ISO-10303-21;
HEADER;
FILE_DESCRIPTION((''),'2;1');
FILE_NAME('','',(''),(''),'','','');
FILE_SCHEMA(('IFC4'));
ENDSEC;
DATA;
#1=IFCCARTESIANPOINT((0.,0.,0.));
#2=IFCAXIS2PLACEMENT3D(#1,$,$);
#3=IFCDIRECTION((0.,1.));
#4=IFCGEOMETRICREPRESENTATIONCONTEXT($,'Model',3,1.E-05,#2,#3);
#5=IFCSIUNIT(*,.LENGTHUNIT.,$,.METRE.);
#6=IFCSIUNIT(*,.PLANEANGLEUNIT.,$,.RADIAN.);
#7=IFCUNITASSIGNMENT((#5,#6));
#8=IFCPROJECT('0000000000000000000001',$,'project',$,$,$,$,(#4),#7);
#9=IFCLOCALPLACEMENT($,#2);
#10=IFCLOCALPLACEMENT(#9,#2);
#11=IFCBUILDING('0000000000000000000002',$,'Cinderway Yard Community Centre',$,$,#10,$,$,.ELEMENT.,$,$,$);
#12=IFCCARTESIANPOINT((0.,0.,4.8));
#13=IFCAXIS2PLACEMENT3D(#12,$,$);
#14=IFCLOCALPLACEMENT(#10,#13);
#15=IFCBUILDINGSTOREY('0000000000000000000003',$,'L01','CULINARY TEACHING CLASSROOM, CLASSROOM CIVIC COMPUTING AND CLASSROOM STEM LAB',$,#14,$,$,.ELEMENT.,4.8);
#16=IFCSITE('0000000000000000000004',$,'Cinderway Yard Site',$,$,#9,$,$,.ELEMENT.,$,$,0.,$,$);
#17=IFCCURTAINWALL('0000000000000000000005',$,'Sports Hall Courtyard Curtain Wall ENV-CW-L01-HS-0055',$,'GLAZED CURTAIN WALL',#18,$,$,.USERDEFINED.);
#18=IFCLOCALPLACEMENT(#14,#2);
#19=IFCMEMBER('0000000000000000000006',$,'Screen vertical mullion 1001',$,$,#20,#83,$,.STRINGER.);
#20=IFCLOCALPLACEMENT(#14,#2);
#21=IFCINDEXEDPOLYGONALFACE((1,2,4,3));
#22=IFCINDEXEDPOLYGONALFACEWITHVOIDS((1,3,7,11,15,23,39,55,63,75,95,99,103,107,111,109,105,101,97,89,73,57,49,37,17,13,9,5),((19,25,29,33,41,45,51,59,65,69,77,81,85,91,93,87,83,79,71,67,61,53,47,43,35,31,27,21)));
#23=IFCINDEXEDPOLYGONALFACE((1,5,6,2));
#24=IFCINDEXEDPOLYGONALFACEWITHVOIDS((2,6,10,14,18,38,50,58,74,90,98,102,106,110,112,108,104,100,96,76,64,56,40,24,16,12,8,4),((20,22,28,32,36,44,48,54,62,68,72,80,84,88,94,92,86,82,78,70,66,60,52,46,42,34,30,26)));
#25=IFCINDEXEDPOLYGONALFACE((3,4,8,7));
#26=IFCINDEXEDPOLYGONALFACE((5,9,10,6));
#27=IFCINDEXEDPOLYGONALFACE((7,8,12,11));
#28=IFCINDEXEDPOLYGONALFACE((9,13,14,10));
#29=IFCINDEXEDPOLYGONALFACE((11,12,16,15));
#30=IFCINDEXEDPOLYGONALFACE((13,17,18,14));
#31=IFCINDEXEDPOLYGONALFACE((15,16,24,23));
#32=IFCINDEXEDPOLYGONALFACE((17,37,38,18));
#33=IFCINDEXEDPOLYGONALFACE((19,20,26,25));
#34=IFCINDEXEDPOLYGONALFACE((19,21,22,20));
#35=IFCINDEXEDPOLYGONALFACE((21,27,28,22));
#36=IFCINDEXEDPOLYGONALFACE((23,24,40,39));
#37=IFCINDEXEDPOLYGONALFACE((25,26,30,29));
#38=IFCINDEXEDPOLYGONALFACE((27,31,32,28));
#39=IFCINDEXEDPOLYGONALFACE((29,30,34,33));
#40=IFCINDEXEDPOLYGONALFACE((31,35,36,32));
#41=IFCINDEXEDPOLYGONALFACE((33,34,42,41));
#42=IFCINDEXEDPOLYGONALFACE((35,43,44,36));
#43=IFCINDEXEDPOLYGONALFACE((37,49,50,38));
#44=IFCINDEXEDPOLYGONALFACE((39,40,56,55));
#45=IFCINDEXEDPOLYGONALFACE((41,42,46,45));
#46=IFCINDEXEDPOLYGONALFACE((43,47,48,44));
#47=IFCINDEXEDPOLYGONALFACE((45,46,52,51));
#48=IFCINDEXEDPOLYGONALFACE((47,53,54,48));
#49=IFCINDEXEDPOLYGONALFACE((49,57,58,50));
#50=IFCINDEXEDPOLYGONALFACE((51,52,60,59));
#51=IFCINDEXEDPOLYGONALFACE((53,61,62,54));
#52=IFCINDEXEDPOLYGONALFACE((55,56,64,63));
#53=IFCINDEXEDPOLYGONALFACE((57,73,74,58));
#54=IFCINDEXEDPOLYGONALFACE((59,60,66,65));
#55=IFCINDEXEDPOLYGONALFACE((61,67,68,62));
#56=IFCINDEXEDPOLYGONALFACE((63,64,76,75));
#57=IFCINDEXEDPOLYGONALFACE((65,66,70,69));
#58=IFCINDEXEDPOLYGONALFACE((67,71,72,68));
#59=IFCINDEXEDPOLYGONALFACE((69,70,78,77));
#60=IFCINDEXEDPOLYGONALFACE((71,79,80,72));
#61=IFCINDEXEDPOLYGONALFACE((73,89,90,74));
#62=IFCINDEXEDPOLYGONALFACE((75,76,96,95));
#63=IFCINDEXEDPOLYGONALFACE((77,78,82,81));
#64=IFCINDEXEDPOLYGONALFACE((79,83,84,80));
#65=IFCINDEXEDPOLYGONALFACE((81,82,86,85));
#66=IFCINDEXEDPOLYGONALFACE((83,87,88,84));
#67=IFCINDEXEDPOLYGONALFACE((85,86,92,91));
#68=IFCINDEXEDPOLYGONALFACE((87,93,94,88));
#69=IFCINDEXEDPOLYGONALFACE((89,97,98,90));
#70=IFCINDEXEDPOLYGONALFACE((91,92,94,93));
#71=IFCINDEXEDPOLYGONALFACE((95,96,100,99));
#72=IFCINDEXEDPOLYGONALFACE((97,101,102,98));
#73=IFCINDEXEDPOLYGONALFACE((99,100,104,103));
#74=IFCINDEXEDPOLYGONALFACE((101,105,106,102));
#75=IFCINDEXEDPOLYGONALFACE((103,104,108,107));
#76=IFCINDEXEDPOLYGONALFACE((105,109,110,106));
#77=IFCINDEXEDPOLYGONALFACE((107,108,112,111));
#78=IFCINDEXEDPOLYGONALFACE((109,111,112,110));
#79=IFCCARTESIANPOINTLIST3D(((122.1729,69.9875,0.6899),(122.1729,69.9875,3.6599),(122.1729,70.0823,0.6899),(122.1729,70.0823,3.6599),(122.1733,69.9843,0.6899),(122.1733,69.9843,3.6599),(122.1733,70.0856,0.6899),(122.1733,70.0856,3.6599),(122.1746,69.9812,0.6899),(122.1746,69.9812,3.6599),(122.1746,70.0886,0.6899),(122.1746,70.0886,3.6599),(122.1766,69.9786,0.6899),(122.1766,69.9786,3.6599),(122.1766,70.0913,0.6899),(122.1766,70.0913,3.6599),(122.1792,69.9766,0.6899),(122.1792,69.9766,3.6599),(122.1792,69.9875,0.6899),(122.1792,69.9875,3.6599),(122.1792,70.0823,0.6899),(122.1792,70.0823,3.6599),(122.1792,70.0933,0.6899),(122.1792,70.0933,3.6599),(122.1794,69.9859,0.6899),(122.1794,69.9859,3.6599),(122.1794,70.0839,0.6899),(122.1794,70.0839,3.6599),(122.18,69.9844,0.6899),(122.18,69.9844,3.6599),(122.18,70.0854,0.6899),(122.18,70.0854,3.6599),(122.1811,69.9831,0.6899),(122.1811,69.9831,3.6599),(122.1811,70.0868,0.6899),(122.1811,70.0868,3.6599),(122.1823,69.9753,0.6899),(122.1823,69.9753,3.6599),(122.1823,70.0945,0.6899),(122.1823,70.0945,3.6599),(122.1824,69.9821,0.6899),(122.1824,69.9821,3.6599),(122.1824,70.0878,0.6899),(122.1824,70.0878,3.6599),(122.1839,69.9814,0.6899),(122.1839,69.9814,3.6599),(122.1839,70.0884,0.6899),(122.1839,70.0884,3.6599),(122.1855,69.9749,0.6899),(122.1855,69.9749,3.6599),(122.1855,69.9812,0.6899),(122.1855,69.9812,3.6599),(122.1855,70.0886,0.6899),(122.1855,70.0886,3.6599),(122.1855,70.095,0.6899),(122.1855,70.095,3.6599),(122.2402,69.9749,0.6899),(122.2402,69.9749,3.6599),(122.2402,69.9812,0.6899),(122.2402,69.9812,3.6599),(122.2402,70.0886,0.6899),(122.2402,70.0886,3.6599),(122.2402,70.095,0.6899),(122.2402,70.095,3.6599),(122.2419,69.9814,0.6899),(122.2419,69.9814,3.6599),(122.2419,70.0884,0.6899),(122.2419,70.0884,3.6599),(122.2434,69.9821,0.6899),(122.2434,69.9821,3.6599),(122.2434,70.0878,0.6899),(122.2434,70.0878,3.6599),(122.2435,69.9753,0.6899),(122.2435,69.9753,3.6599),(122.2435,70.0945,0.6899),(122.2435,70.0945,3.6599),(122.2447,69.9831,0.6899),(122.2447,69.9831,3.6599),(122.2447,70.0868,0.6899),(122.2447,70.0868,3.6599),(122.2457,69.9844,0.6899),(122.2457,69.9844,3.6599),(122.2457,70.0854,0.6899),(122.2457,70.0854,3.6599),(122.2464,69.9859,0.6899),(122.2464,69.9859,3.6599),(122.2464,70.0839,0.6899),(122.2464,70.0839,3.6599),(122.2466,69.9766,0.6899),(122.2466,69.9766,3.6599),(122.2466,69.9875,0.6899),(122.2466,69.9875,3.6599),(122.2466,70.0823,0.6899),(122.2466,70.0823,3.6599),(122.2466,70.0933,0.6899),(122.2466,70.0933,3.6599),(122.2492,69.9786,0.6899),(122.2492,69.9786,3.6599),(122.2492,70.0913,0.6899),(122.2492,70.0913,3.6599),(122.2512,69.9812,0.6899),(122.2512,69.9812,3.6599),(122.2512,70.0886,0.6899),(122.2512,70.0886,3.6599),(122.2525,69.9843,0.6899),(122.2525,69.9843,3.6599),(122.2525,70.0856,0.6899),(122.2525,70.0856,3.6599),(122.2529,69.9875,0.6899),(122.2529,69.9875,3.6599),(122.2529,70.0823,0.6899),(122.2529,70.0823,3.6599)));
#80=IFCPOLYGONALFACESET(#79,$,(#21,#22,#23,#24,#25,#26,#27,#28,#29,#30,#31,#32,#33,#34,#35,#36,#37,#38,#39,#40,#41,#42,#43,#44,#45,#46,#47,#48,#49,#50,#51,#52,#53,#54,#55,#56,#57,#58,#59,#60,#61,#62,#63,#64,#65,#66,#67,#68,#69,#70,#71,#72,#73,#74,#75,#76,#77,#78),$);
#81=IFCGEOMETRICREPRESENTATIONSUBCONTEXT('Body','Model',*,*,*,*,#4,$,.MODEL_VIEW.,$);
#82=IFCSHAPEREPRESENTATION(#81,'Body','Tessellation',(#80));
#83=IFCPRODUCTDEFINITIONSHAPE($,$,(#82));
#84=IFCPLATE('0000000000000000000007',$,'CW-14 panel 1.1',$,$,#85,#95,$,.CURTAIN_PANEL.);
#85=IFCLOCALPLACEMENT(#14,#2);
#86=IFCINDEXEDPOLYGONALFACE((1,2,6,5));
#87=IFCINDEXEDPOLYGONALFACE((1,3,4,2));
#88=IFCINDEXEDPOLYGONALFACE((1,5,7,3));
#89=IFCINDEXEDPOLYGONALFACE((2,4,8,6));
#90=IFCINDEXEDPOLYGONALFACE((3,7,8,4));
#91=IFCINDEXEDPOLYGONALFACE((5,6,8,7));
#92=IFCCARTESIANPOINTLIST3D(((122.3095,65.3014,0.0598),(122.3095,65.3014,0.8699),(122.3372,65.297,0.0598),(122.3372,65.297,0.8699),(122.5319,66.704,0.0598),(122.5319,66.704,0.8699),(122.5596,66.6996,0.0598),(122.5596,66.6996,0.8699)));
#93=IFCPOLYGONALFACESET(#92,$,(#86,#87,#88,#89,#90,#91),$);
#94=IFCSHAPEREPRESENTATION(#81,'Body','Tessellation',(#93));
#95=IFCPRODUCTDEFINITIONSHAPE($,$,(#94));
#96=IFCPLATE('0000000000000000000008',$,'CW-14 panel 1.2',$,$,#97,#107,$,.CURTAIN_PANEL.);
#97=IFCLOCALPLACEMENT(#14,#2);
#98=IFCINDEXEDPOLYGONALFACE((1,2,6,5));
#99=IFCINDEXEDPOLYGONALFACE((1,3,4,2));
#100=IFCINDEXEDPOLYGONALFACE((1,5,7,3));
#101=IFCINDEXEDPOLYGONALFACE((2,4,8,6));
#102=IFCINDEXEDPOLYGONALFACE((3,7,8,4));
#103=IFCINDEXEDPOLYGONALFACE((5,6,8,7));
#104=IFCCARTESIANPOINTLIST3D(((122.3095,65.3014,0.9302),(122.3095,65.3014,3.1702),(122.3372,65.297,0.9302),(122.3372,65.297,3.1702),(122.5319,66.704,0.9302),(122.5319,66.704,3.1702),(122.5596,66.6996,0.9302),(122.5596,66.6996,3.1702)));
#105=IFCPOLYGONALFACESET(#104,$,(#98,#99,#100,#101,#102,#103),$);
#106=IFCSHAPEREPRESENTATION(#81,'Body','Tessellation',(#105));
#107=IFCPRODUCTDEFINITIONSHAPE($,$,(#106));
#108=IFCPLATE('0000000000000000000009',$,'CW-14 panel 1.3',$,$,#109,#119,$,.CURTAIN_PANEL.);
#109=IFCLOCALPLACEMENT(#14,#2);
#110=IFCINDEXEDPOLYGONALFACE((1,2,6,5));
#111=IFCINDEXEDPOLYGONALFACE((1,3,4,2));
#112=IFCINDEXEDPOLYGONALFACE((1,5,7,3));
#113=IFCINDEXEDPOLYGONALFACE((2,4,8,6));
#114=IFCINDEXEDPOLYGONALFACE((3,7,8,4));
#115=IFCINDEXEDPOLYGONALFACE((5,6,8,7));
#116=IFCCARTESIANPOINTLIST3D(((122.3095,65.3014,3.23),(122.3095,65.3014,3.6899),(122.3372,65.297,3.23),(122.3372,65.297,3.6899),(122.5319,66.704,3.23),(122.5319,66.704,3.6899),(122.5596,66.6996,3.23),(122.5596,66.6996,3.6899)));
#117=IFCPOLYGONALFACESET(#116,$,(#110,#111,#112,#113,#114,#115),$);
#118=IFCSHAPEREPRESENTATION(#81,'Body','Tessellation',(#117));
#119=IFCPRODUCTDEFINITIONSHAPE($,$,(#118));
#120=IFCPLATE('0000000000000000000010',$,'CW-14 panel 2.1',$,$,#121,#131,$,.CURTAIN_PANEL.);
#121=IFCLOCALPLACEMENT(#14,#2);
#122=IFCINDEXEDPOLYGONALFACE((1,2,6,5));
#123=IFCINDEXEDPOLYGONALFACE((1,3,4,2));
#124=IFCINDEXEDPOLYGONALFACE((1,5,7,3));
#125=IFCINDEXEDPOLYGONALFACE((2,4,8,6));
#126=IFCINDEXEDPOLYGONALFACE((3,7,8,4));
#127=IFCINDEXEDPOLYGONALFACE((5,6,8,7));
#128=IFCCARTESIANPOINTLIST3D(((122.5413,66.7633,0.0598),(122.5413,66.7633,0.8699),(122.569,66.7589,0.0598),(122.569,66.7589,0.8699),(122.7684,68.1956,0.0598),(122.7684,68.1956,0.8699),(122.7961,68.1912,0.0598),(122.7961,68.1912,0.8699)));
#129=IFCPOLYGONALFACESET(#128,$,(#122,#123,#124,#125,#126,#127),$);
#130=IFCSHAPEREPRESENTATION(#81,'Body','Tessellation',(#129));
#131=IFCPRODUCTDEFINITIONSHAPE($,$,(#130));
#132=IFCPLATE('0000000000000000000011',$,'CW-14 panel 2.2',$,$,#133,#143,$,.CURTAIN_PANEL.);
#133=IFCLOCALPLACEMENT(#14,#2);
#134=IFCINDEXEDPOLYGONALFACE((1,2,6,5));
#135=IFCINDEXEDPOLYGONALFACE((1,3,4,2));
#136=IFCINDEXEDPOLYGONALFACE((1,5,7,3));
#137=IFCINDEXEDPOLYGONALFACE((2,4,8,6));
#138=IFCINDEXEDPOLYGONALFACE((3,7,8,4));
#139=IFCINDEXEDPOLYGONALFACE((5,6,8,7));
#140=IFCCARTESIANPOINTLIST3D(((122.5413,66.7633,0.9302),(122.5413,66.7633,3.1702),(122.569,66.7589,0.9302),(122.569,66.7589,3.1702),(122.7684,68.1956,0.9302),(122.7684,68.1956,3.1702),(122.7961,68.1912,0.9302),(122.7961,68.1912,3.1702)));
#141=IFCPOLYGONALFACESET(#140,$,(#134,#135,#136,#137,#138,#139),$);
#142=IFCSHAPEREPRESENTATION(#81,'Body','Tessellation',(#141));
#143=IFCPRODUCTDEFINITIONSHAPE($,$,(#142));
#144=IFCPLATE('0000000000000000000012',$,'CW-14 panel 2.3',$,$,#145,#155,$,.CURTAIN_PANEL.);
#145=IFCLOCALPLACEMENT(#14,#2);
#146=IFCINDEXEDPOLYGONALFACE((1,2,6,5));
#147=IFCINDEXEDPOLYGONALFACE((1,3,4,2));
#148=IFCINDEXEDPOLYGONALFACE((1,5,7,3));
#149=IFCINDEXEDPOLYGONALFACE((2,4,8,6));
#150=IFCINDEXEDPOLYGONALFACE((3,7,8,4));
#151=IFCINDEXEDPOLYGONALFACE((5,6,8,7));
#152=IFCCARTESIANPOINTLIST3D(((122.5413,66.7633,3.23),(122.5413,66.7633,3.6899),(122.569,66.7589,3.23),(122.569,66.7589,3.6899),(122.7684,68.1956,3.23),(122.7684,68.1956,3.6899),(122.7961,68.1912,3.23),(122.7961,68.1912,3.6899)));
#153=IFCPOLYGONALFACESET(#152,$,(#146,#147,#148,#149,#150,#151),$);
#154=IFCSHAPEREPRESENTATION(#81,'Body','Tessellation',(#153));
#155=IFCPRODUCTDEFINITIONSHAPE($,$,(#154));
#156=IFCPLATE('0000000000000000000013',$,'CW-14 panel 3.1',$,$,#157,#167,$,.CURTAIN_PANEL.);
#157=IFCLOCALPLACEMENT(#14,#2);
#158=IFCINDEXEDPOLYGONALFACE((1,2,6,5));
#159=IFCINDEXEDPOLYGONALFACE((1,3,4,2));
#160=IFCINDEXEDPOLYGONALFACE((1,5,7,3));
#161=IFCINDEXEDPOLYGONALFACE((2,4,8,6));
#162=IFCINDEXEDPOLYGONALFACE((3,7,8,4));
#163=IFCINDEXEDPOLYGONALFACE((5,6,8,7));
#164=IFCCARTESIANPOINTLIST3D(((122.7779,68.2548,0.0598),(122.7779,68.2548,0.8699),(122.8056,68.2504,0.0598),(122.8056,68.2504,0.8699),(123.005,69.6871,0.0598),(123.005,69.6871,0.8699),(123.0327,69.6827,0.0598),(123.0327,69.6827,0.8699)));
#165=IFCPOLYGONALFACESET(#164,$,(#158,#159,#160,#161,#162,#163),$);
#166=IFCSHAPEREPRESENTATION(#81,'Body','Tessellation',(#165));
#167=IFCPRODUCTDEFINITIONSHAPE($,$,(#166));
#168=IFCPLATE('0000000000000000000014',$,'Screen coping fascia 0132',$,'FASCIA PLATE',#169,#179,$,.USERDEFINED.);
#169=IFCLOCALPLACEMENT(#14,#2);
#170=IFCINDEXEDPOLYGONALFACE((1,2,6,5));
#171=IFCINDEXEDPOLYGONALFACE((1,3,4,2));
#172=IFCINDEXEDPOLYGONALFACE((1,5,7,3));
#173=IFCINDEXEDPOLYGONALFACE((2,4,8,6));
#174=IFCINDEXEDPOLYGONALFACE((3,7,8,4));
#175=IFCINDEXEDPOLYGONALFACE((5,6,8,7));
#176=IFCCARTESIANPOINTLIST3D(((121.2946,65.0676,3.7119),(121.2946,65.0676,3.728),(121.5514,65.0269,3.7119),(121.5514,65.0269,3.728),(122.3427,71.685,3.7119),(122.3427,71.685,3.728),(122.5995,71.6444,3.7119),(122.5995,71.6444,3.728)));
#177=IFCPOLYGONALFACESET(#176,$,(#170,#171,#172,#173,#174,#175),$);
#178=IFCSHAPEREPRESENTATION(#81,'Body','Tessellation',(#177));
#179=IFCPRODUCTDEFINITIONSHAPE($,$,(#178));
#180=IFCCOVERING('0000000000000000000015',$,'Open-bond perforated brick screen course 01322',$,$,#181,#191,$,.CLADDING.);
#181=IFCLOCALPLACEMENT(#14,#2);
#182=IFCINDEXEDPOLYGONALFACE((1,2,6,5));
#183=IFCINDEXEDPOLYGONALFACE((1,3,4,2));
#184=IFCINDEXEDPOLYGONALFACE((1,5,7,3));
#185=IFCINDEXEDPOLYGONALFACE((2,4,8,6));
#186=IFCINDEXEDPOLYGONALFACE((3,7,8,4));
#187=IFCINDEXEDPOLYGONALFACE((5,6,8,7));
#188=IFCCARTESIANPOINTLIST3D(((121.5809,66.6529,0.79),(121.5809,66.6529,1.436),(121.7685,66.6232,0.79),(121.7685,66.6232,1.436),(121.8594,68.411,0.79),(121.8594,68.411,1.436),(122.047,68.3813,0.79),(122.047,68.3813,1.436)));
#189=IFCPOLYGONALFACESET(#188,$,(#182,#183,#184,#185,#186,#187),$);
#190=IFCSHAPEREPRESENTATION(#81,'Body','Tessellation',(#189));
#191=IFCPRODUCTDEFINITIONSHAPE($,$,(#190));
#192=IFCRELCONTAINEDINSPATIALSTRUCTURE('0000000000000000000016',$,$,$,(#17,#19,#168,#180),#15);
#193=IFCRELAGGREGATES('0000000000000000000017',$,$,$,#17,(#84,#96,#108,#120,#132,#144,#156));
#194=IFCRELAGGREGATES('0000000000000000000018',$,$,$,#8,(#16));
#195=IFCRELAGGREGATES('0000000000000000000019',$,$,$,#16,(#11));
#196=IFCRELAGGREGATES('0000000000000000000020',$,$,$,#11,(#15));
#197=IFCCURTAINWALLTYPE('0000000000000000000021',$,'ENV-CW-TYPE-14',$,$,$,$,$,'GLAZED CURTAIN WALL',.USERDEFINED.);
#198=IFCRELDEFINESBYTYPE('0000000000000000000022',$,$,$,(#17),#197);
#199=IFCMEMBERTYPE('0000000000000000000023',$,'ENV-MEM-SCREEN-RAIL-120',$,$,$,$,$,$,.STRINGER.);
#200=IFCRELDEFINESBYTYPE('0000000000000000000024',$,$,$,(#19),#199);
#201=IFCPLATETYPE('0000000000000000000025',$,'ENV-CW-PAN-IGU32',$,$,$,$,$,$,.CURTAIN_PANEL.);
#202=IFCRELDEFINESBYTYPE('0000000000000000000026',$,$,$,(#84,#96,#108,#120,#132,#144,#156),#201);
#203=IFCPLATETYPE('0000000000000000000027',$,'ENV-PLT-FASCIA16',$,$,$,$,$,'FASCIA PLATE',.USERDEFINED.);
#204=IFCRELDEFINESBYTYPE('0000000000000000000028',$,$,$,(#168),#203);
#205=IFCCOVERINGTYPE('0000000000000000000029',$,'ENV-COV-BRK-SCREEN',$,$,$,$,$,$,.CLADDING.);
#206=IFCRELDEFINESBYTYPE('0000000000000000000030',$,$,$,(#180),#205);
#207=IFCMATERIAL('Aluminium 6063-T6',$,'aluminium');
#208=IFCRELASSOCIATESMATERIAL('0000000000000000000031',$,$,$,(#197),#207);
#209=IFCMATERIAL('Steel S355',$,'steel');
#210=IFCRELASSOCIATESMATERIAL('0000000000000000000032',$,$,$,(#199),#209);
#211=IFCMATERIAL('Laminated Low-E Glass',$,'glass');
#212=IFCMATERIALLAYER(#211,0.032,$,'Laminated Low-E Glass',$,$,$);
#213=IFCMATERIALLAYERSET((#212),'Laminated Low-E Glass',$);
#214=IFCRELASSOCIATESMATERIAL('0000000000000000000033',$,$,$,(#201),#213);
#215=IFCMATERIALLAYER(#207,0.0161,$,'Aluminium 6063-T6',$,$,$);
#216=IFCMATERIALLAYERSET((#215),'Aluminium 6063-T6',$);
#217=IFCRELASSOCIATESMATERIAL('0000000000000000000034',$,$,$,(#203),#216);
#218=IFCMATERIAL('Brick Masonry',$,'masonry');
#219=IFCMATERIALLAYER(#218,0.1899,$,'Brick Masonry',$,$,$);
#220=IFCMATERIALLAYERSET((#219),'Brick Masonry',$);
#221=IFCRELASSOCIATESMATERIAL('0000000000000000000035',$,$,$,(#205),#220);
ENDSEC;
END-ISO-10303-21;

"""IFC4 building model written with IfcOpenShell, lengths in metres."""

from ifc_helpers import new_model, si_unit, direction, frame, origin, origin_2d, place, context, subcontext, project, spatial, rectangle, hollow_rectangle, extrude, material, layer, layer_set, material_profile, profile_set, type_object, element, aggregate, save


model = new_model("IFC4")

# Units and contexts
model_context = context("Model", 3, precision=1e-05, world=origin(), true_north=direction((0.0, 1.0)))
body_context = subcontext(model_context, "Body", "Model", "MODEL_VIEW")
ifc_project = project(units=[si_unit("LENGTHUNIT", "METRE"), si_unit("PLANEANGLEUNIT", "RADIAN")], contexts=[model_context])

# Site, building, storey
site_placement = place(None, origin())
site = spatial("IfcSite", under=ifc_project, at=site_placement, Name="Cinderway Yard Site", CompositionType="ELEMENT", RefElevation=0.0)
building_placement = place(site_placement, origin())
building = spatial("IfcBuilding", under=site, at=building_placement, Name="Cinderway Yard Community Centre", CompositionType="ELEMENT")
storey_placement = place(building_placement, frame((0.0, 0.0, 4.8)))
storey = spatial("IfcBuildingStorey", under=building, at=storey_placement, Name="L01", Description="CULINARY TEACHING CLASSROOM, CLASSROOM CIVIC COMPUTING AND CLASSROOM STEM LAB", CompositionType="ELEMENT", Elevation=4.8)

# Curtain wall
ifc_material_1 = material(Name="Aluminium 6063-T6", Category="aluminium")
curtain_wall_type = type_object("IfcCurtainWallType", Name="ENV-CW-TYPE-14", ElementType="GLAZED CURTAIN WALL", PredefinedType="USERDEFINED", material=ifc_material_1)
curtain_wall_placement = place(storey_placement, origin())
curtain_wall = element("IfcCurtainWall", 1, at=curtain_wall_placement, inside=storey, type_object=curtain_wall_type, Name="Sports Hall Courtyard Curtain Wall ENV-CW-L01-HS-0055", ObjectType="GLAZED CURTAIN WALL", PredefinedType="USERDEFINED")

# Member
ifc_material_2 = material(Name="Steel S355", Category="steel")
ifc_material_profile_1 = material_profile(ifc_material_2, hollow_rectangle(XDim=0.0801, YDim=0.1201, WallThickness=0.0063, InnerFilletRadius=0.0063, OuterFilletRadius=0.0127, at=origin_2d()), Name="Steel S355")
ifc_profile_set_1 = profile_set([ifc_material_profile_1], Name="Steel S355")
member_type_1 = type_object("IfcMemberType", Name="ENV-MEM-SCREEN-RAIL-120", PredefinedType="STRINGER", material=ifc_profile_set_1)
for number, where, z_axis, x_axis, name in (
    (2, (122.2129, 70.0349, 0.6899), (0.0, 0.0, 1.0), (1.0, 0.0, 0.0), "Screen vertical mullion 1001"),
):
    element("IfcMember", number, at=place(storey_placement, frame(where, z_axis=z_axis, x_axis=x_axis)), inside=storey, type_object=member_type_1, Name=name, PredefinedType="STRINGER", context=body_context, shape_type="SweptSolid", body=[
        extrude(hollow_rectangle(XDim=0.0801, YDim=0.1201, WallThickness=0.0063, InnerFilletRadius=0.0063, OuterFilletRadius=0.0127, at=origin_2d()), origin(), (0.0, 0.0, 1.0), 2.97),
    ])

# Plates
ifc_material_3 = material(Name="Laminated Low-E Glass", Category="glass")
ifc_layer_1 = layer(ifc_material_3, 0.032, Name="Laminated Low-E Glass")
ifc_layer_set_1 = layer_set([ifc_layer_1], Name="Laminated Low-E Glass")
plate_type_1 = type_object("IfcPlateType", Name="ENV-CW-PAN-IGU32", PredefinedType="CURTAIN_PANEL", material=ifc_layer_set_1)
plate_1_placement = place(storey_placement, frame((122.4346, 66.0005, 0.0598), z_axis=(0.0, 0.0, 1.0), x_axis=(0.156609, 0.987661, 0.0)))
plate_1 = element("IfcPlate", 3, at=plate_1_placement, type_object=plate_type_1, Name="CW-14 panel 1.1", PredefinedType="CURTAIN_PANEL", context=body_context, shape_type="SweptSolid", body=[
    extrude(rectangle(XDim=1.4202, YDim=0.0281, at=origin_2d()), origin(), (0.0, 0.0, 1.0), 0.8101),
])
plate_2_placement = place(storey_placement, frame((122.4346, 66.0005, 0.9302), z_axis=(0.0, 0.0, 1.0), x_axis=(0.156609, 0.987661, 0.0)))
plate_2 = element("IfcPlate", 4, at=plate_2_placement, type_object=plate_type_1, Name="CW-14 panel 1.2", PredefinedType="CURTAIN_PANEL", context=body_context, shape_type="SweptSolid", body=[
    extrude(rectangle(XDim=1.4202, YDim=0.0281, at=origin_2d()), origin(), (0.0, 0.0, 1.0), 2.24),
])
plate_3_placement = place(storey_placement, frame((122.4346, 66.0005, 3.23), z_axis=(0.0, 0.0, 1.0), x_axis=(0.156609, 0.987661, 0.0)))
plate_3 = element("IfcPlate", 5, at=plate_3_placement, type_object=plate_type_1, Name="CW-14 panel 1.3", PredefinedType="CURTAIN_PANEL", context=body_context, shape_type="SweptSolid", body=[
    extrude(rectangle(XDim=1.4202, YDim=0.0281, at=origin_2d()), origin(), (0.0, 0.0, 1.0), 0.46),
])
plate_4_placement = place(storey_placement, frame((122.6687, 67.4773, 0.0598), z_axis=(0.0, 0.0, 1.0), x_axis=(0.156609, 0.987661, 0.0)))
plate_4 = element("IfcPlate", 6, at=plate_4_placement, type_object=plate_type_1, Name="CW-14 panel 2.1", PredefinedType="CURTAIN_PANEL", context=body_context, shape_type="SweptSolid", body=[
    extrude(rectangle(XDim=1.4502, YDim=0.0281, at=origin_2d()), origin(), (0.0, 0.0, 1.0), 0.8101),
])
plate_5_placement = place(storey_placement, frame((122.6687, 67.4773, 0.9302), z_axis=(0.0, 0.0, 1.0), x_axis=(0.156609, 0.987661, 0.0)))
plate_5 = element("IfcPlate", 7, at=plate_5_placement, type_object=plate_type_1, Name="CW-14 panel 2.2", PredefinedType="CURTAIN_PANEL", context=body_context, shape_type="SweptSolid", body=[
    extrude(rectangle(XDim=1.4502, YDim=0.0281, at=origin_2d()), origin(), (0.0, 0.0, 1.0), 2.24),
])
plate_6_placement = place(storey_placement, frame((122.6687, 67.4773, 3.23), z_axis=(0.0, 0.0, 1.0), x_axis=(0.156609, 0.987661, 0.0)))
plate_6 = element("IfcPlate", 8, at=plate_6_placement, type_object=plate_type_1, Name="CW-14 panel 2.3", PredefinedType="CURTAIN_PANEL", context=body_context, shape_type="SweptSolid", body=[
    extrude(rectangle(XDim=1.4502, YDim=0.0281, at=origin_2d()), origin(), (0.0, 0.0, 1.0), 0.46),
])
plate_7_placement = place(storey_placement, frame((122.9053, 68.9688, 0.0598), z_axis=(0.0, 0.0, 1.0), x_axis=(0.156609, 0.987661, 0.0)))
plate_7 = element("IfcPlate", 9, at=plate_7_placement, type_object=plate_type_1, Name="CW-14 panel 3.1", PredefinedType="CURTAIN_PANEL", context=body_context, shape_type="SweptSolid", body=[
    extrude(rectangle(XDim=1.4502, YDim=0.0281, at=origin_2d()), origin(), (0.0, 0.0, 1.0), 0.8101),
])
aggregate(curtain_wall, [plate_1, plate_2, plate_3, plate_4, plate_5, plate_6, plate_7])
ifc_layer_2 = layer(ifc_material_1, 0.0161, Name="Aluminium 6063-T6")
ifc_layer_set_2 = layer_set([ifc_layer_2], Name="Aluminium 6063-T6")
plate_type_2 = type_object("IfcPlateType", Name="ENV-PLT-FASCIA16", ElementType="FASCIA PLATE", PredefinedType="USERDEFINED", material=ifc_layer_set_2)
plate_8_placement = place(storey_placement, frame((121.947, 68.356, 3.7119), z_axis=(0.0, 0.0, 1.0), x_axis=(0.156434, 0.987688, 0.0)))
element("IfcPlate", 10, at=plate_8_placement, inside=storey, type_object=plate_type_2, Name="Screen coping fascia 0132", ObjectType="FASCIA PLATE", PredefinedType="USERDEFINED", context=body_context, shape_type="SweptSolid", body=[
    extrude(rectangle(XDim=6.7, YDim=0.26, at=origin_2d()), origin(), (0.0, 0.0, 1.0), 0.0161),
])

# Covering
ifc_material_4 = material(Name="Brick Masonry", Category="masonry")
ifc_layer_3 = layer(ifc_material_4, 0.1899, Name="Brick Masonry")
ifc_layer_set_3 = layer_set([ifc_layer_3], Name="Brick Masonry")
covering_type = type_object("IfcCoveringType", Name="ENV-COV-BRK-SCREEN", PredefinedType="CLADDING", material=ifc_layer_set_3)
for number, where, z_axis, x_axis, name in (
    (11, (121.814, 67.5171, 0.79), (0.0, 0.0, 1.0), (0.156434, 0.987688, 0.0), "Open-bond perforated brick screen course 01322"),
):
    element("IfcCovering", number, at=place(storey_placement, frame(where, z_axis=z_axis, x_axis=x_axis)), inside=storey, type_object=covering_type, Name=name, PredefinedType="CLADDING", context=body_context, shape_type="SweptSolid", body=[
        extrude(rectangle(XDim=1.78, YDim=0.1899, at=origin_2d()), origin(), (0.0, 0.0, 1.0), 0.646),
    ])

save(model, "model.ifc")
